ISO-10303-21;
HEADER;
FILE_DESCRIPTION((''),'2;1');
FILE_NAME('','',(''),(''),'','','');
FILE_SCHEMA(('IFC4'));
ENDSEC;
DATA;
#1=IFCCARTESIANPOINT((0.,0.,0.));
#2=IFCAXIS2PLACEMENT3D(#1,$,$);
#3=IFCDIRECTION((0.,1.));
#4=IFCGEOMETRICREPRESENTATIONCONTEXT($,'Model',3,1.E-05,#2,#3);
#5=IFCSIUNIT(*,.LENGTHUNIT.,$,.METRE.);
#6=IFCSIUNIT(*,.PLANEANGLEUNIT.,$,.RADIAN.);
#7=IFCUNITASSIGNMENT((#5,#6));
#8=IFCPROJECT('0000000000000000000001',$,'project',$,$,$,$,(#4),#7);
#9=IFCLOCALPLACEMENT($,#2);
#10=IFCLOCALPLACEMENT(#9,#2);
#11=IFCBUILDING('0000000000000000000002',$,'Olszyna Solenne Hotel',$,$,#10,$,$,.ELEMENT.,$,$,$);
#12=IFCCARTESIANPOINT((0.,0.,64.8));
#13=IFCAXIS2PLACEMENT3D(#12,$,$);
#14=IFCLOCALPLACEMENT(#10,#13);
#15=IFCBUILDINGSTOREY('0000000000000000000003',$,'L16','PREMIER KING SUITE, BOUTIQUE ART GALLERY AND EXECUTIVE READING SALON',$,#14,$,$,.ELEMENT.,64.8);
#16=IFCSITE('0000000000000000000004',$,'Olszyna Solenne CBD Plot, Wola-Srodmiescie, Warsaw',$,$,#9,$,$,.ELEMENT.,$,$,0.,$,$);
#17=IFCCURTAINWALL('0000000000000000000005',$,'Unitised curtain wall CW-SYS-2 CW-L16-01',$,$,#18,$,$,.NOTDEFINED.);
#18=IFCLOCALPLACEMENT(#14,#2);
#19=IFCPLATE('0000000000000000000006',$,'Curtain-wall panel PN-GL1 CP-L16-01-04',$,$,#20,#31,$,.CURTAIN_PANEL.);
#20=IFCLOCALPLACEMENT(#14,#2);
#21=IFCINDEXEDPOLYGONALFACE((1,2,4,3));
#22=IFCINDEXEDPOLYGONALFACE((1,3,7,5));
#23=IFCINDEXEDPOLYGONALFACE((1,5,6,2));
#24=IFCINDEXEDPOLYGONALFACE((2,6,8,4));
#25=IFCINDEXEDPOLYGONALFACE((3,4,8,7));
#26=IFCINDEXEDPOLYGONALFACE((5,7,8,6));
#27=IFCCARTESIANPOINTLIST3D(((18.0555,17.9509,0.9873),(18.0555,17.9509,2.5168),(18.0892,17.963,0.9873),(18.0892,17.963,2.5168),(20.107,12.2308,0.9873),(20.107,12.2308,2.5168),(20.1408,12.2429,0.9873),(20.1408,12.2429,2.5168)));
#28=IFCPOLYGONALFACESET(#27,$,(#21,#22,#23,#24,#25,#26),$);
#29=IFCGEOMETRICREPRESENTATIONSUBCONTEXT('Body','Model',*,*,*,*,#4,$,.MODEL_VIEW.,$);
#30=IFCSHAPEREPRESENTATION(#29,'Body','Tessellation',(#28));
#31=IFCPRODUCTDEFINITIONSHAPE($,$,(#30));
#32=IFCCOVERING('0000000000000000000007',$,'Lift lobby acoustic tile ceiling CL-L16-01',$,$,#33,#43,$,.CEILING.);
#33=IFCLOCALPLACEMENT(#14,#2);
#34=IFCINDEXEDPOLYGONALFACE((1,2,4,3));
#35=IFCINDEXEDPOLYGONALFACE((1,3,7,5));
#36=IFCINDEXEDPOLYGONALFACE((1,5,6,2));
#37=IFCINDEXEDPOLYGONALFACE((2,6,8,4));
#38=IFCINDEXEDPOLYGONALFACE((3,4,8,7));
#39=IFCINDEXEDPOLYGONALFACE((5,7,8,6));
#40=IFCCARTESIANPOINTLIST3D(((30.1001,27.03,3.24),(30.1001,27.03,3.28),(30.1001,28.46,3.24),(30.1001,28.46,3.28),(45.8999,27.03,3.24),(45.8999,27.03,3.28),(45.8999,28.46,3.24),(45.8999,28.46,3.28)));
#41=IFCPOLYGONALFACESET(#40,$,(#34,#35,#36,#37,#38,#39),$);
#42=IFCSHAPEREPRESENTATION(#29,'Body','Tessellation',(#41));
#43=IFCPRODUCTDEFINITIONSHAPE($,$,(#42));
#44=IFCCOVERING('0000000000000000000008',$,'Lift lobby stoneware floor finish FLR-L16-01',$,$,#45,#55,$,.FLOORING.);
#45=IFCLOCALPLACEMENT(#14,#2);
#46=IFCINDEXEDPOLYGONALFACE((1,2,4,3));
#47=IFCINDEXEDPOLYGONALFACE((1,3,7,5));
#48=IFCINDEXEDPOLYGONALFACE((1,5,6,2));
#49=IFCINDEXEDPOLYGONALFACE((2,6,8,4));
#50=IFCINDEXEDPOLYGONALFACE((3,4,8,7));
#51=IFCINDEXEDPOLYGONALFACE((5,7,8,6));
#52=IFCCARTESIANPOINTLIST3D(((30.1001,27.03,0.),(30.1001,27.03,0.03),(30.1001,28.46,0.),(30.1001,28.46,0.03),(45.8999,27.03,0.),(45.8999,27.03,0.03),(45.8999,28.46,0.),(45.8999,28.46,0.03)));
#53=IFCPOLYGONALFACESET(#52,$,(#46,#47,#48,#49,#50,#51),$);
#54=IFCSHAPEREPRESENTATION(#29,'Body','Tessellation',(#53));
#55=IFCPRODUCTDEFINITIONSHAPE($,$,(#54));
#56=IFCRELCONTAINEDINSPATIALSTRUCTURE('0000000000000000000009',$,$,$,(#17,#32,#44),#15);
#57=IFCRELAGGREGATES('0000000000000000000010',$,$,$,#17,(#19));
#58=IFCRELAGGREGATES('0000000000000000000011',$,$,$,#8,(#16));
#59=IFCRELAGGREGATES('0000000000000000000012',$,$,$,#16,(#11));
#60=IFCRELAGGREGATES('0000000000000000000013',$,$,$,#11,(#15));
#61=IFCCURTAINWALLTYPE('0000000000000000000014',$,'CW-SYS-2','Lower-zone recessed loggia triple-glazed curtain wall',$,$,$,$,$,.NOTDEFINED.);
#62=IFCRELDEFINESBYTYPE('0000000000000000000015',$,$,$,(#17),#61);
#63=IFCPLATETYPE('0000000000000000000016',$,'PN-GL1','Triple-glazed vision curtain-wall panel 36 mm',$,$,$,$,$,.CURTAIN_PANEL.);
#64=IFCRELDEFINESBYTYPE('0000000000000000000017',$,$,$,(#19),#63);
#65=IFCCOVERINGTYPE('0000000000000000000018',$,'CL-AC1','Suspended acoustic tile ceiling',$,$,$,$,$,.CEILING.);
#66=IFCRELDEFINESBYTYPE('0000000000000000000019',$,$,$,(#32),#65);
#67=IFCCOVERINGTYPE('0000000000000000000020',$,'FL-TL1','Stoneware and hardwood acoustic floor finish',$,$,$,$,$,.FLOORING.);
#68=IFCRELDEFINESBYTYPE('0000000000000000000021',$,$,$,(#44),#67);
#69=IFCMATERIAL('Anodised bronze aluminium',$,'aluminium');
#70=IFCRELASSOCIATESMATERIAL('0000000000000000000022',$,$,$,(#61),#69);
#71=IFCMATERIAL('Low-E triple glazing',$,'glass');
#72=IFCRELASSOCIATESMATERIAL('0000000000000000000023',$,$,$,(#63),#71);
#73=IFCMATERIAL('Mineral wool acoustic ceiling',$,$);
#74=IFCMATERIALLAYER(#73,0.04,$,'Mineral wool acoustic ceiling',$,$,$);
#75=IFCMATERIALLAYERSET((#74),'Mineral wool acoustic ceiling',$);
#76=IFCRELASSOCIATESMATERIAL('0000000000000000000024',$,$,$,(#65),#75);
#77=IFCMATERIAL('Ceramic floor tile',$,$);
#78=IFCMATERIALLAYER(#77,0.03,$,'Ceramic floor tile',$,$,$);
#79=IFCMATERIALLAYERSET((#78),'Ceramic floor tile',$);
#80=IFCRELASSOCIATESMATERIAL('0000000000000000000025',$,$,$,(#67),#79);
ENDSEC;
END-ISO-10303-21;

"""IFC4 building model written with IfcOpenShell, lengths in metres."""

from ifc_helpers import new_model, si_unit, direction, frame, origin, origin_2d, place, context, subcontext, project, spatial, polyline, rectangle, outline, extrude, source, transform, mapped, material, layer, layer_set, type_object, element, aggregate, save


model = new_model("IFC4")

# Units and contexts
model_context = context("Model", 3, precision=1e-05, world=origin(), true_north=direction((0.0, 1.0)))
body_context = subcontext(model_context, "Body", "Model", "MODEL_VIEW")
ifc_project = project(units=[si_unit("LENGTHUNIT", "METRE"), si_unit("PLANEANGLEUNIT", "RADIAN")], contexts=[model_context])

# Site, building, storey
site_placement = place(None, origin())
site = spatial("IfcSite", under=ifc_project, at=site_placement, Name="Olszyna Solenne CBD Plot, Wola-Srodmiescie, Warsaw", CompositionType="ELEMENT", RefElevation=0.0)
building_placement = place(site_placement, origin())
building = spatial("IfcBuilding", under=site, at=building_placement, Name="Olszyna Solenne Hotel", CompositionType="ELEMENT")
storey_placement = place(building_placement, frame((0.0, 0.0, 64.8)))
storey = spatial("IfcBuildingStorey", under=building, at=storey_placement, Name="L16", Description="PREMIER KING SUITE, BOUTIQUE ART GALLERY AND EXECUTIVE READING SALON", CompositionType="ELEMENT", Elevation=64.8)

# Curtain wall
ifc_material_1 = material(Name="Anodised bronze aluminium", Category="aluminium")
curtain_wall_type = type_object("IfcCurtainWallType", Name="CW-SYS-2", Description="Lower-zone recessed loggia triple-glazed curtain wall", PredefinedType="NOTDEFINED", material=ifc_material_1)
curtain_wall_placement = place(storey_placement, origin())
curtain_wall = element("IfcCurtainWall", 1, at=curtain_wall_placement, inside=storey, type_object=curtain_wall_type, Name="Unitised curtain wall CW-SYS-2 CW-L16-01", PredefinedType="NOTDEFINED")

# Plate
ifc_material_2 = material(Name="Low-E triple glazing", Category="glass")
plate_type_1 = type_object("IfcPlateType", Name="PN-GL1", Description="Triple-glazed vision curtain-wall panel 36 mm", PredefinedType="CURTAIN_PANEL", material=ifc_material_2)
shared_shape_1 = source(origin(), body_context, "Body", "SweptSolid", [
    extrude(rectangle(XDim=6.0769, YDim=0.0359, at=origin_2d()), origin(), (0.0, 0.0, 1.0), 1.5295),
])
plate_1_placement = place(storey_placement, frame((19.0981, 15.0969, 0.9873), z_axis=(0.0, 0.0, 1.0), x_axis=(0.337602, -0.941289, 0.0)))
plate_1 = element("IfcPlate", 2, at=plate_1_placement, type_object=plate_type_1, Name="Curtain-wall panel PN-GL1 CP-L16-01-04", PredefinedType="CURTAIN_PANEL", context=body_context, shape_type="MappedRepresentation", body=[
    mapped(shared_shape_1, transform((0.0, 0.0, 0.0), x_axis=(1.0, 0.0, 0.0), y_axis=(0.0, 1.0, 0.0), z_axis=(0.0, 0.0, 1.0), scale=1.0)),
])
aggregate(curtain_wall, [plate_1])

# Coverings
ifc_material_3 = material(Name="Mineral wool acoustic ceiling")
ifc_layer_1 = layer(ifc_material_3, 0.04, Name="Mineral wool acoustic ceiling")
ifc_layer_set_1 = layer_set([ifc_layer_1], Name="Mineral wool acoustic ceiling")
covering_type_1 = type_object("IfcCoveringType", Name="CL-AC1", Description="Suspended acoustic tile ceiling", PredefinedType="CEILING", material=ifc_layer_set_1)
covering_1_placement = place(storey_placement, frame((0.0, 0.0, 3.24)))
element("IfcCovering", 3, at=covering_1_placement, inside=storey, type_object=covering_type_1, Name="Lift lobby acoustic tile ceiling CL-L16-01", PredefinedType="CEILING", context=body_context, shape_type="SweptSolid", body=[
    extrude(outline(polyline([(30.1001, 27.03), (45.8999, 27.03), (45.8999, 28.46), (30.1001, 28.46), (30.1001, 27.03)])), origin(), (0.0, 0.0, 1.0), 0.04),
])
ifc_material_4 = material(Name="Ceramic floor tile")
ifc_layer_2 = layer(ifc_material_4, 0.03, Name="Ceramic floor tile")
ifc_layer_set_2 = layer_set([ifc_layer_2], Name="Ceramic floor tile")
covering_type_2 = type_object("IfcCoveringType", Name="FL-TL1", Description="Stoneware and hardwood acoustic floor finish", PredefinedType="FLOORING", material=ifc_layer_set_2)
covering_2_placement = place(storey_placement, origin())
element("IfcCovering", 4, at=covering_2_placement, inside=storey, type_object=covering_type_2, Name="Lift lobby stoneware floor finish FLR-L16-01", PredefinedType="FLOORING", context=body_context, shape_type="SweptSolid", body=[
    extrude(outline(polyline([(30.1001, 27.03), (45.8999, 27.03), (45.8999, 28.46), (30.1001, 28.46), (30.1001, 27.03)])), origin(), (0.0, 0.0, 1.0), 0.03),
])

save(model, "model.ifc")
